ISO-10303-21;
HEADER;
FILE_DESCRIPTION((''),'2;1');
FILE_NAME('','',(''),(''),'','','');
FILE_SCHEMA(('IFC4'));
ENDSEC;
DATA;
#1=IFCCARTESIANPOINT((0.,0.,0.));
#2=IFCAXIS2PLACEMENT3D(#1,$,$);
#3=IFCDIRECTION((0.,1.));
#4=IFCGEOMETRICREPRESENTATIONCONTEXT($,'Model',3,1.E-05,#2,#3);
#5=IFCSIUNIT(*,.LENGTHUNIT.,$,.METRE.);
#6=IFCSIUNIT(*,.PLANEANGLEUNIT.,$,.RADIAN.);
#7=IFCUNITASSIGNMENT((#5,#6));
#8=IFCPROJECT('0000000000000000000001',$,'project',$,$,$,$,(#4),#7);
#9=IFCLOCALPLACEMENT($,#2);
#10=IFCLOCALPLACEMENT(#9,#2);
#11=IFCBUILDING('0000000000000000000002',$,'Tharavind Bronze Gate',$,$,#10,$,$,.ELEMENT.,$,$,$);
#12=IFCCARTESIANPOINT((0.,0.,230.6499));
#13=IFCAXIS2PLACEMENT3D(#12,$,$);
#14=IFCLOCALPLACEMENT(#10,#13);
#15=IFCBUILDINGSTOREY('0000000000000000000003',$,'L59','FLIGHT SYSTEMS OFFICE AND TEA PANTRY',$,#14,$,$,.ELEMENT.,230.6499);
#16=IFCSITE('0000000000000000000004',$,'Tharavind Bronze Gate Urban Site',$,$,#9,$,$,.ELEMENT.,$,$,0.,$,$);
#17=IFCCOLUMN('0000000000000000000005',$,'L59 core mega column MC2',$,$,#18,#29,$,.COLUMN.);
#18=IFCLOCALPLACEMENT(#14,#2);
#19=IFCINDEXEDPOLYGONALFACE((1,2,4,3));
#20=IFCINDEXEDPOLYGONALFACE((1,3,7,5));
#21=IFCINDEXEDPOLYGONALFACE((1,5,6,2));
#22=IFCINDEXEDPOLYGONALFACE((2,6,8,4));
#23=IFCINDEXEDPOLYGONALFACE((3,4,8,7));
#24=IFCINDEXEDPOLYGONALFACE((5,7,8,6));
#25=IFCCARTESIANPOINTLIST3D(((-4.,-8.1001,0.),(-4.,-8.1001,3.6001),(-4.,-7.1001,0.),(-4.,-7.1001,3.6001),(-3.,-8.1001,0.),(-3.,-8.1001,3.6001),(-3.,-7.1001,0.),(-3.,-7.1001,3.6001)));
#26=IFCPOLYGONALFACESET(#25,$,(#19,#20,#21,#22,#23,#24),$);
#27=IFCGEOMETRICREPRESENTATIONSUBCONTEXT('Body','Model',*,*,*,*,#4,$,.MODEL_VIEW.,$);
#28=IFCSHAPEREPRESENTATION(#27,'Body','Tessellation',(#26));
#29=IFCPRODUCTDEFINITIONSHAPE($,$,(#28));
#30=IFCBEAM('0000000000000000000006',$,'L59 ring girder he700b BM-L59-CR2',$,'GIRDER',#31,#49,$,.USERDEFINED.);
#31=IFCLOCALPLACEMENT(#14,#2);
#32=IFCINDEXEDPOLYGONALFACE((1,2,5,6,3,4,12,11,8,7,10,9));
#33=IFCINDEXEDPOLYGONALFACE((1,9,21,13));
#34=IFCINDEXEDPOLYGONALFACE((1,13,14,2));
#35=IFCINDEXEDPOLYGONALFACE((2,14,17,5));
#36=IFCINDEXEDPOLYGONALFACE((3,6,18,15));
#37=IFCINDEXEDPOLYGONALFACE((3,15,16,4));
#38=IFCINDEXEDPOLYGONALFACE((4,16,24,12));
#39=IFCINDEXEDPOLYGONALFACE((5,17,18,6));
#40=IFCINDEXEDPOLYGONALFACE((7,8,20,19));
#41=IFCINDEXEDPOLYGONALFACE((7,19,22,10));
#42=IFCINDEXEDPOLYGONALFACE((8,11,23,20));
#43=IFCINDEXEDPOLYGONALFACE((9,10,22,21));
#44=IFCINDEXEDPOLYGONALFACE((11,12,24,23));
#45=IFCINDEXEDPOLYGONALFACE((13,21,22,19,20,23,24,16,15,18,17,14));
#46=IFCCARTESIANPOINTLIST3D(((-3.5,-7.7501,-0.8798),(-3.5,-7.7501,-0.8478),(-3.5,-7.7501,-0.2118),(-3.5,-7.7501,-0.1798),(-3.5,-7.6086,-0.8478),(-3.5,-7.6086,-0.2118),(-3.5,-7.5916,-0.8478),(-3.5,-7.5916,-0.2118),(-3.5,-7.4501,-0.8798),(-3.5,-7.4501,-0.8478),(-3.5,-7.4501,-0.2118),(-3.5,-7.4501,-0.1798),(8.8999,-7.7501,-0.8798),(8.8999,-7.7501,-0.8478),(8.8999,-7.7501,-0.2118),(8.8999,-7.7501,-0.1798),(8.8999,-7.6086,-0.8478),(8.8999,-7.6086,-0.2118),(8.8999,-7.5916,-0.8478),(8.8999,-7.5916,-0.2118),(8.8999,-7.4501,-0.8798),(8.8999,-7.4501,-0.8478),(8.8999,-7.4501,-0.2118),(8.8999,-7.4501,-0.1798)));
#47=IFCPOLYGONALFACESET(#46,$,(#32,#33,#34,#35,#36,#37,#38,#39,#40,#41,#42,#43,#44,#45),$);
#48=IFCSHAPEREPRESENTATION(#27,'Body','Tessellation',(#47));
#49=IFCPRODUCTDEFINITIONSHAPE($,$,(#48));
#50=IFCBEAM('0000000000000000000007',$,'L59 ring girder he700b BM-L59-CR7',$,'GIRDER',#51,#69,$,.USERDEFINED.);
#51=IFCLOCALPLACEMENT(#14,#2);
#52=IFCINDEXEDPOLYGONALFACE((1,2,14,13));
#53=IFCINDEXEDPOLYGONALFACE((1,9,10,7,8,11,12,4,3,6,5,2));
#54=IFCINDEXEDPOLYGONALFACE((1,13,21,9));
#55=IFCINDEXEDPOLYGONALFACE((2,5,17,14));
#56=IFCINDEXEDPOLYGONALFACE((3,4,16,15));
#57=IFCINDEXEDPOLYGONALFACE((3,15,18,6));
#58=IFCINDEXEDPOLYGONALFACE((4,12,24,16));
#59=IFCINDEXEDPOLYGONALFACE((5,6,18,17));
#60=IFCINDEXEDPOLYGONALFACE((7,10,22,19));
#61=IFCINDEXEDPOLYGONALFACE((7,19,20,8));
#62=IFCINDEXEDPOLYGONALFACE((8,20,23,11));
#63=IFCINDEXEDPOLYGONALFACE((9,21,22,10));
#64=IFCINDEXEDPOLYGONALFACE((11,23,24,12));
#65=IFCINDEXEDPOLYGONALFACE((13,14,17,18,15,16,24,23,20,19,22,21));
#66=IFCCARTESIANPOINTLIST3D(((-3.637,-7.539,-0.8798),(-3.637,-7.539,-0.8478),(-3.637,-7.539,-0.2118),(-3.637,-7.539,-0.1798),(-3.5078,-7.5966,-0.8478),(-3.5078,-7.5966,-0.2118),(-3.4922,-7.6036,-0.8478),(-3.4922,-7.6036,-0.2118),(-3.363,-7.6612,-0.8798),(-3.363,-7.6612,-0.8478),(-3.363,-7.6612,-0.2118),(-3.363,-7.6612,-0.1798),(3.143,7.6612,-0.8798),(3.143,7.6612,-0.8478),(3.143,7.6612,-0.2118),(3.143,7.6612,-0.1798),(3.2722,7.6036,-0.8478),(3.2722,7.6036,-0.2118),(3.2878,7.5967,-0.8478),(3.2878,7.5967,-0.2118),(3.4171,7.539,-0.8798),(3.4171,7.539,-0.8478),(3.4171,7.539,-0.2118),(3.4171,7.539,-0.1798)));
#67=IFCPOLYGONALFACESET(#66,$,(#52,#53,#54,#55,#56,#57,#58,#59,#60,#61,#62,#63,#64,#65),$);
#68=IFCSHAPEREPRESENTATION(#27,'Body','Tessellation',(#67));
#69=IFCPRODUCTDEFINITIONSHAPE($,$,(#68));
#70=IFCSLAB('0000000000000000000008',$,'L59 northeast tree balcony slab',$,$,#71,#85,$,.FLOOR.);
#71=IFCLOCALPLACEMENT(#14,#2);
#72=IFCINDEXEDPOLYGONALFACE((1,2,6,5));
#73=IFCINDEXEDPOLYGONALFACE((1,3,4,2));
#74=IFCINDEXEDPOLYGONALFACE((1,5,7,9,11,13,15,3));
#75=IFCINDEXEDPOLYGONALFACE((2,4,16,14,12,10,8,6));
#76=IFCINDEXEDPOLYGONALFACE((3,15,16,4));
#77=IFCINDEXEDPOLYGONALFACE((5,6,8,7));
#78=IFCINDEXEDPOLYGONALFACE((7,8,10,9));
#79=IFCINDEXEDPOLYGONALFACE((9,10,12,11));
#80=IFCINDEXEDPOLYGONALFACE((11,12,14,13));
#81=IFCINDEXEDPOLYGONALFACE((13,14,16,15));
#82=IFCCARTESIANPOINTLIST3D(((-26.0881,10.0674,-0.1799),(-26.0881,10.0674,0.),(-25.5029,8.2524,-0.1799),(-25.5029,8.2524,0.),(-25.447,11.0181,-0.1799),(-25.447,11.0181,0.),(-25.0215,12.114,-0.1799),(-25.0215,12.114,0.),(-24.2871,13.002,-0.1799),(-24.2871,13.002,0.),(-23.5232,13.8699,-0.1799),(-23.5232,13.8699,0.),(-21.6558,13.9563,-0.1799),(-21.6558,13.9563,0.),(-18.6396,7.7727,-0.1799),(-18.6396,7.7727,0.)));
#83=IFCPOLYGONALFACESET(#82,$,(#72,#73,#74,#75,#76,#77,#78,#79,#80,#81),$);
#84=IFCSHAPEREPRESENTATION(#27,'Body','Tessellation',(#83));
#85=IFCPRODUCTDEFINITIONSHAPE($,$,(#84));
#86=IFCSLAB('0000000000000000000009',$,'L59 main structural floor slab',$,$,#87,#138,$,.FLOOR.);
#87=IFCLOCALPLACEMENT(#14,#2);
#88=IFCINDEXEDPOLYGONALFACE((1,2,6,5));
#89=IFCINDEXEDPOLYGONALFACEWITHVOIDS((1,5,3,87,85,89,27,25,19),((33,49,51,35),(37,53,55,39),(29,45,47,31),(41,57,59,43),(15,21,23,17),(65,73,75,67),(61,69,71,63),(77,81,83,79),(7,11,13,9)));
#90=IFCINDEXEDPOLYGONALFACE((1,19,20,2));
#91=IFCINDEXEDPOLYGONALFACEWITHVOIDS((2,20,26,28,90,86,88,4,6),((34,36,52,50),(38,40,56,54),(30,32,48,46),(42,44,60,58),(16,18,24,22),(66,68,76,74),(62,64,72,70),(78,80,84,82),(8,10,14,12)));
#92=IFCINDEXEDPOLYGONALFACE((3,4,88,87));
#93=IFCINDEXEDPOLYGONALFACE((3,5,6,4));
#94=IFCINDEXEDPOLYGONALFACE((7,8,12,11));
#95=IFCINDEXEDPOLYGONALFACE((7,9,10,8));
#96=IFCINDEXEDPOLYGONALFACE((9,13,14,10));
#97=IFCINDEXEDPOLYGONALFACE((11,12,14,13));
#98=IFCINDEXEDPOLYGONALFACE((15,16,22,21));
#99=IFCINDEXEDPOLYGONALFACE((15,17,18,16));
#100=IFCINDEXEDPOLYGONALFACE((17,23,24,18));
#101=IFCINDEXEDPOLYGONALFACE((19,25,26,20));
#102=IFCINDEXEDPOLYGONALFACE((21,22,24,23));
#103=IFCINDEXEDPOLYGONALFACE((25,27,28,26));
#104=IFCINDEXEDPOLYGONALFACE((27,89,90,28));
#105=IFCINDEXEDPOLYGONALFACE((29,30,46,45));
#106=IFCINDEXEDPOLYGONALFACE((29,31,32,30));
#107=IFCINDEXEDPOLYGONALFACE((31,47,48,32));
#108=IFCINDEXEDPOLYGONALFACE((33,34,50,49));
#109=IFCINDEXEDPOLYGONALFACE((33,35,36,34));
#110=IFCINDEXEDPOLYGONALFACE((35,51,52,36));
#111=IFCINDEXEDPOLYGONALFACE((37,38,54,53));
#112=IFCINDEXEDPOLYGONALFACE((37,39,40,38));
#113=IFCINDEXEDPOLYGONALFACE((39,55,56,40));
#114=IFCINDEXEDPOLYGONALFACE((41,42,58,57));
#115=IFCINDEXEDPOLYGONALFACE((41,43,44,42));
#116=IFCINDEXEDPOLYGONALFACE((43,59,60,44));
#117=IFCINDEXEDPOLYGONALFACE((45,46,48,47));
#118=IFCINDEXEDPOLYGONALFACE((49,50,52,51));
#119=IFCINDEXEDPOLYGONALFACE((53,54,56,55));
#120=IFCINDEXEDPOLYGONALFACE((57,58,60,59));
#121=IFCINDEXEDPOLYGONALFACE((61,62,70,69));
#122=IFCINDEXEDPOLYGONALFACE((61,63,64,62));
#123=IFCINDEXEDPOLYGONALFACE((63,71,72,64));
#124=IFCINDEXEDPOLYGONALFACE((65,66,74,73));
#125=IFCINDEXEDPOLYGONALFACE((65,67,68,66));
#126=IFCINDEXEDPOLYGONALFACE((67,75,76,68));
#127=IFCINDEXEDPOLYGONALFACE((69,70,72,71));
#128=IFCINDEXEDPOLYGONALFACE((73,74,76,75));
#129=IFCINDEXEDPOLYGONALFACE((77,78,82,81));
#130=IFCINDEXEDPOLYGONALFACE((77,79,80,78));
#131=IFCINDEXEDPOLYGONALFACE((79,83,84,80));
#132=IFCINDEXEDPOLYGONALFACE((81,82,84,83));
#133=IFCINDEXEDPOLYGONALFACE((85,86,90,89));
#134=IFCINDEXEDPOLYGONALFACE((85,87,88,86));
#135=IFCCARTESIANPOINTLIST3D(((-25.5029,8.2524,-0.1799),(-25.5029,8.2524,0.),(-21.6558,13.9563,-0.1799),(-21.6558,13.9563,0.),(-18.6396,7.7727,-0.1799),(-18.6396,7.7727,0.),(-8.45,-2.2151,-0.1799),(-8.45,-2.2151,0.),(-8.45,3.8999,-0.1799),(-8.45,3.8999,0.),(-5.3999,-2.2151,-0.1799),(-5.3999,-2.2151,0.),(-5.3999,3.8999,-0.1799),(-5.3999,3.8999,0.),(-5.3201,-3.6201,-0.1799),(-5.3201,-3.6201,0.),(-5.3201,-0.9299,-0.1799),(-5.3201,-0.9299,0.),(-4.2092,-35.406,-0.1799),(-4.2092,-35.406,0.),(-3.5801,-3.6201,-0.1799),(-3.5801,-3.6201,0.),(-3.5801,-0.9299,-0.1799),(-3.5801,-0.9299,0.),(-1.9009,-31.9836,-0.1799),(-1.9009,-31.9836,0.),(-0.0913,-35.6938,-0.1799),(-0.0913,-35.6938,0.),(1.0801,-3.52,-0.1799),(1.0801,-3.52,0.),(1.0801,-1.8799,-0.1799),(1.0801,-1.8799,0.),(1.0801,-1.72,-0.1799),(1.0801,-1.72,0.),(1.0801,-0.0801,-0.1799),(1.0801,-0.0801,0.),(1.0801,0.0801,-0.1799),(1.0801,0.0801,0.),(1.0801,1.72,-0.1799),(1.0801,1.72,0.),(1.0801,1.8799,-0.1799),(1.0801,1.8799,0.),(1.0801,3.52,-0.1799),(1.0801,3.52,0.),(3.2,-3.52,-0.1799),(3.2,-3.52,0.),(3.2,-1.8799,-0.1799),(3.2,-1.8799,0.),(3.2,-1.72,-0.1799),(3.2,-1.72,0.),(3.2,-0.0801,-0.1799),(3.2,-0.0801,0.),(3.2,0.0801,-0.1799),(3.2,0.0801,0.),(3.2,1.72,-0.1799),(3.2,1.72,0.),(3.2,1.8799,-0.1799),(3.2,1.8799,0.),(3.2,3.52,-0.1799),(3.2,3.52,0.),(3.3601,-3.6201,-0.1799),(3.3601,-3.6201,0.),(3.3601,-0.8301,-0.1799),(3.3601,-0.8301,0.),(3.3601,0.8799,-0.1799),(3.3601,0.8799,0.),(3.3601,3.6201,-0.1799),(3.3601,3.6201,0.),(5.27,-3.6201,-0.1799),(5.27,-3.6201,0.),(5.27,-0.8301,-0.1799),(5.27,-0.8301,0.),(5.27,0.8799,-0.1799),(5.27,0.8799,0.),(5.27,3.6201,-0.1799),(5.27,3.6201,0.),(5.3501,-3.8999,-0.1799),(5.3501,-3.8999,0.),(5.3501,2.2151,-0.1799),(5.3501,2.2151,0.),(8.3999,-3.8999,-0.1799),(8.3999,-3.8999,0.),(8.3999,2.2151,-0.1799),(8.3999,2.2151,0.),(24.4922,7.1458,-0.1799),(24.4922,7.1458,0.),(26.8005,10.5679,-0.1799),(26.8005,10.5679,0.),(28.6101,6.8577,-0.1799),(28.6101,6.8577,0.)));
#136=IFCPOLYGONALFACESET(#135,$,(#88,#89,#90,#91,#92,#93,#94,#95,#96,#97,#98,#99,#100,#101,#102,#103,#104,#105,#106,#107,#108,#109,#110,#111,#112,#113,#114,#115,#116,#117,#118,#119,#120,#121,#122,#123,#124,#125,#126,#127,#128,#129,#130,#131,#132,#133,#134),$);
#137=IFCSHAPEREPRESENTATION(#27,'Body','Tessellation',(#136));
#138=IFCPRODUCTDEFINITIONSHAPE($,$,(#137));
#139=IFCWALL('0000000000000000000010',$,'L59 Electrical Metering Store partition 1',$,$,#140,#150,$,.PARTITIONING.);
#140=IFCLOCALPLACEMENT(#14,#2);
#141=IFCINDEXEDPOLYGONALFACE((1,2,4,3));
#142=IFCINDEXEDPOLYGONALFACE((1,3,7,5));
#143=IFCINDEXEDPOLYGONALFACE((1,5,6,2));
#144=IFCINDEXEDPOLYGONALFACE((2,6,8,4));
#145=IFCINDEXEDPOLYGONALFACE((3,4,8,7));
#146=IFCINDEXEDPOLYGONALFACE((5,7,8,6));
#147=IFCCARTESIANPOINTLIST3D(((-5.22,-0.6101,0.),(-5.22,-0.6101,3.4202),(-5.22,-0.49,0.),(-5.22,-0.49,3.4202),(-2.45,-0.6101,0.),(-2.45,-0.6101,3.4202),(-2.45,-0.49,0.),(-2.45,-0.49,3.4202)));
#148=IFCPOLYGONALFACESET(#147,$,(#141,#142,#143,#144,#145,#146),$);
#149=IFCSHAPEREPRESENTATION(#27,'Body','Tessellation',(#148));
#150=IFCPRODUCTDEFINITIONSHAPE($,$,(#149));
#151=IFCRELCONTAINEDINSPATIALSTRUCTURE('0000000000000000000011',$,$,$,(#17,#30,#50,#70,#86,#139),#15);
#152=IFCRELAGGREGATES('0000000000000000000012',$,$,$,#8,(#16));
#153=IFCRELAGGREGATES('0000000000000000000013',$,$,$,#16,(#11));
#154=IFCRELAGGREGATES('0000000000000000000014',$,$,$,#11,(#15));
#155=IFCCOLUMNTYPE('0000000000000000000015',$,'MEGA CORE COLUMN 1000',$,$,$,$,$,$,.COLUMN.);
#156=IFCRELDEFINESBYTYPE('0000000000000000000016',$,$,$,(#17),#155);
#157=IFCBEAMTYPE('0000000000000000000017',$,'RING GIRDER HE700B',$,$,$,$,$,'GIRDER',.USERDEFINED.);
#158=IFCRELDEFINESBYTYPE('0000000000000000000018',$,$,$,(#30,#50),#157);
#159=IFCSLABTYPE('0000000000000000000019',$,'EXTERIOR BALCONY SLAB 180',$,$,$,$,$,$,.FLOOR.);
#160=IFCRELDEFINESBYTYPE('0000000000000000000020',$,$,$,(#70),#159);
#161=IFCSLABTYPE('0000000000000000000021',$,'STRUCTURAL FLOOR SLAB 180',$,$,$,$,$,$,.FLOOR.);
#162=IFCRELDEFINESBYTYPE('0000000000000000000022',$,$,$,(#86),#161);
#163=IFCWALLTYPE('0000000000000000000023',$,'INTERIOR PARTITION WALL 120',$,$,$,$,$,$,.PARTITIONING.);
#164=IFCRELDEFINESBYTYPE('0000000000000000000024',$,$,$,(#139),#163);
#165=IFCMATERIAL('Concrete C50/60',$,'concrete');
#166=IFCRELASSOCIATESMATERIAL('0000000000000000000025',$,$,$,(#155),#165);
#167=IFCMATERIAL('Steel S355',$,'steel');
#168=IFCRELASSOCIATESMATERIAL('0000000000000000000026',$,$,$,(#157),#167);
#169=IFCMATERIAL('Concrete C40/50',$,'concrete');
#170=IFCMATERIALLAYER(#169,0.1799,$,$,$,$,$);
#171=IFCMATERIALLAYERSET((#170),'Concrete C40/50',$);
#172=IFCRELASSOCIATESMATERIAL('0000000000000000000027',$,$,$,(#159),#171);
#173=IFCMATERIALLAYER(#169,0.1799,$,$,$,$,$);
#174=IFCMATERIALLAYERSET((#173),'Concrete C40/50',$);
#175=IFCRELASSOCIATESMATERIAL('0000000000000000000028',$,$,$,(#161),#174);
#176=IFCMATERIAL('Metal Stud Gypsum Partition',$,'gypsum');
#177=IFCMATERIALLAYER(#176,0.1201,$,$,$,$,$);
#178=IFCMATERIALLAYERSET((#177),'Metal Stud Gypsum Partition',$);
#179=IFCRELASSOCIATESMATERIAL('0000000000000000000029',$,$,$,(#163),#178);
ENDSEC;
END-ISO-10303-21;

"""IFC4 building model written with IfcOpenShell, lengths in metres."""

from ifc_helpers import new_model, si_unit, direction, frame, frame_2d, origin, origin_2d, place, context, subcontext, project, spatial, polyline, rectangle, i_section, outline, extrude, material, layer, layer_set, material_profile, profile_set, type_object, element, save


model = new_model("IFC4")

# Units and contexts
model_context = context("Model", 3, precision=1e-05, world=origin(), true_north=direction((0.0, 1.0)))
body_context = subcontext(model_context, "Body", "Model", "MODEL_VIEW")
ifc_project = project(units=[si_unit("LENGTHUNIT", "METRE"), si_unit("PLANEANGLEUNIT", "RADIAN")], contexts=[model_context])

# Site, building, storey
site_placement = place(None, origin())
site = spatial("IfcSite", under=ifc_project, at=site_placement, Name="Tharavind Bronze Gate Urban Site", CompositionType="ELEMENT", RefElevation=0.0)
building_placement = place(site_placement, origin())
building = spatial("IfcBuilding", under=site, at=building_placement, Name="Tharavind Bronze Gate", CompositionType="ELEMENT")
storey_placement = place(building_placement, frame((0.0, 0.0, 230.6499)))
storey = spatial("IfcBuildingStorey", under=building, at=storey_placement, Name="L59", Description="FLIGHT SYSTEMS OFFICE AND TEA PANTRY", CompositionType="ELEMENT", Elevation=230.6499)

# Column
ifc_material_1 = material(Name="Concrete C50/60", Category="concrete")
ifc_material_profile_1 = material_profile(ifc_material_1, rectangle(XDim=1.0, YDim=1.0, at=origin_2d()), Name="RCCOL1000")
ifc_profile_set_1 = profile_set([ifc_material_profile_1], Name="Concrete C50/60")
column_type = type_object("IfcColumnType", Name="MEGA CORE COLUMN 1000", PredefinedType="COLUMN", material=ifc_profile_set_1)
column_placement = place(storey_placement, frame((-3.5, -7.6001, 0.0), z_axis=(0.0, 0.0, 1.0), x_axis=(1.0, 0.0, 0.0)))
element("IfcColumn", 1, at=column_placement, inside=storey, type_object=column_type, Name="L59 core mega column MC2", PredefinedType="COLUMN", context=body_context, shape_type="SweptSolid", body=[
    extrude(rectangle(XDim=1.0, YDim=1.0, at=origin_2d()), origin(), (0.0, 0.0, 1.0), 3.6001),
])

# Beams
ifc_material_2 = material(Name="Steel S355", Category="steel")
ifc_material_profile_2 = material_profile(ifc_material_2, i_section(OverallWidth=0.3, OverallDepth=0.7, WebThickness=0.0171, FlangeThickness=0.032, at=origin_2d()), Name="HE700B")
ifc_profile_set_2 = profile_set([ifc_material_profile_2], Name="Steel S355")
beam_type = type_object("IfcBeamType", Name="RING GIRDER HE700B", ElementType="GIRDER", PredefinedType="USERDEFINED", material=ifc_profile_set_2)
beam_1_placement = place(storey_placement, frame((-3.5, -7.6001, -0.5298), z_axis=(1.0, 0.0, 0.0), x_axis=(0.0, 1.0, 0.0)))
element("IfcBeam", 2, at=beam_1_placement, inside=storey, type_object=beam_type, Name="L59 ring girder he700b BM-L59-CR2", ObjectType="GIRDER", PredefinedType="USERDEFINED", context=body_context, shape_type="SweptSolid", body=[
    extrude(i_section(OverallWidth=0.3, OverallDepth=0.7, WebThickness=0.0171, FlangeThickness=0.032, at=origin_2d()), origin(), (0.0, 0.0, 1.0), 12.3999),
])
beam_2_placement = place(storey_placement, frame((-3.5, -7.6001, -0.5298), z_axis=(0.407362, 0.913267, 0.0), x_axis=(-0.913267, 0.407362, 0.0)))
element("IfcBeam", 3, at=beam_2_placement, inside=storey, type_object=beam_type, Name="L59 ring girder he700b BM-L59-CR7", ObjectType="GIRDER", PredefinedType="USERDEFINED", context=body_context, shape_type="SweptSolid", body=[
    extrude(i_section(OverallWidth=0.3, OverallDepth=0.7, WebThickness=0.0171, FlangeThickness=0.032, at=origin_2d()), origin(), (0.0, 0.0, 1.0), 16.6438),
])

# Slabs
ifc_material_3 = material(Name="Concrete C40/50", Category="concrete")
ifc_layer_1 = layer(ifc_material_3, 0.1799)
ifc_layer_set_1 = layer_set([ifc_layer_1], Name="Concrete C40/50")
slab_type_1 = type_object("IfcSlabType", Name="EXTERIOR BALCONY SLAB 180", PredefinedType="FLOOR", material=ifc_layer_set_1)
slab_1_placement = place(storey_placement, frame((0.0, 0.0, -0.1799)))
element("IfcSlab", 4, at=slab_1_placement, inside=storey, type_object=slab_type_1, Name="L59 northeast tree balcony slab", PredefinedType="FLOOR", context=body_context, shape_type="SweptSolid", body=[
    extrude(outline(polyline([(-23.5232, 13.8699), (-24.2871, 13.002), (-25.0215, 12.114), (-25.447, 11.0181), (-26.0881, 10.0674), (-25.5029, 8.2524), (-18.6396, 7.7727), (-21.6558, 13.9563), (-23.5232, 13.8699)])), origin(), (0.0, 0.0, 1.0), 0.1799),
])
ifc_layer_2 = layer(ifc_material_3, 0.1799)
ifc_layer_set_2 = layer_set([ifc_layer_2], Name="Concrete C40/50")
slab_type_2 = type_object("IfcSlabType", Name="STRUCTURAL FLOOR SLAB 180", PredefinedType="FLOOR", material=ifc_layer_set_2)
slab_2_placement = place(storey_placement, frame((0.0, 0.0, -0.1799)))
element("IfcSlab", 5, at=slab_2_placement, inside=storey, type_object=slab_type_2, Name="L59 main structural floor slab", PredefinedType="FLOOR", context=body_context, shape_type="SweptSolid", body=[
    extrude(outline(polyline([(-21.6558, 13.9563), (-18.6396, 7.7727), (-25.5029, 8.2524), (-4.2092, -35.406), (-1.9009, -31.9836), (-0.0913, -35.6938), (28.6101, 6.8577), (24.4922, 7.1458), (26.8005, 10.5679), (-21.6558, 13.9563)]), holes=[polyline([(-5.3999, -2.2151), (-5.3999, 3.8999), (-8.45, 3.8999), (-8.45, -2.2151), (-5.3999, -2.2151)]), polyline([(5.3501, 2.2151), (5.3501, -3.8999), (8.3999, -3.8999), (8.3999, 2.2151), (5.3501, 2.2151)]), polyline([(1.0801, -3.52), (3.2, -3.52), (3.2, -1.8799), (1.0801, -1.8799), (1.0801, -3.52)]), polyline([(1.0801, -1.72), (3.2, -1.72), (3.2, -0.0801), (1.0801, -0.0801), (1.0801, -1.72)]), polyline([(1.0801, 0.0801), (3.2, 0.0801), (3.2, 1.72), (1.0801, 1.72), (1.0801, 0.0801)]), polyline([(1.0801, 1.8799), (3.2, 1.8799), (3.2, 3.52), (1.0801, 3.52), (1.0801, 1.8799)]), polyline([(-5.3201, -3.6201), (-3.5801, -3.6201), (-3.5801, -0.9299), (-5.3201, -0.9299), (-5.3201, -3.6201)]), polyline([(3.3601, 0.8799), (5.27, 0.8799), (5.27, 3.6201), (3.3601, 3.6201), (3.3601, 0.8799)]), polyline([(3.3601, -3.6201), (5.27, -3.6201), (5.27, -0.8301), (3.3601, -0.8301), (3.3601, -3.6201)])]), origin(), (0.0, 0.0, 1.0), 0.1799),
])

# Wall
ifc_material_4 = material(Name="Metal Stud Gypsum Partition", Category="gypsum")
ifc_layer_3 = layer(ifc_material_4, 0.1201)
ifc_layer_set_3 = layer_set([ifc_layer_3], Name="Metal Stud Gypsum Partition")
wall_type_1 = type_object("IfcWallType", Name="INTERIOR PARTITION WALL 120", PredefinedType="PARTITIONING", material=ifc_layer_set_3)
wall_1_placement = place(storey_placement, frame((-5.22, -0.55, 0.0), z_axis=(0.0, 0.0, 1.0), x_axis=(1.0, 0.0, 0.0)))
element("IfcWall", 6, at=wall_1_placement, inside=storey, type_object=wall_type_1, Name="L59 Electrical Metering Store partition 1", PredefinedType="PARTITIONING", context=body_context, shape_type="SweptSolid", body=[
    extrude(rectangle(XDim=2.77, YDim=0.1201, at=frame_2d((1.385, 0.0))), origin(), (0.0, 0.0, 1.0), 3.4202),
])

save(model, "model.ifc")
